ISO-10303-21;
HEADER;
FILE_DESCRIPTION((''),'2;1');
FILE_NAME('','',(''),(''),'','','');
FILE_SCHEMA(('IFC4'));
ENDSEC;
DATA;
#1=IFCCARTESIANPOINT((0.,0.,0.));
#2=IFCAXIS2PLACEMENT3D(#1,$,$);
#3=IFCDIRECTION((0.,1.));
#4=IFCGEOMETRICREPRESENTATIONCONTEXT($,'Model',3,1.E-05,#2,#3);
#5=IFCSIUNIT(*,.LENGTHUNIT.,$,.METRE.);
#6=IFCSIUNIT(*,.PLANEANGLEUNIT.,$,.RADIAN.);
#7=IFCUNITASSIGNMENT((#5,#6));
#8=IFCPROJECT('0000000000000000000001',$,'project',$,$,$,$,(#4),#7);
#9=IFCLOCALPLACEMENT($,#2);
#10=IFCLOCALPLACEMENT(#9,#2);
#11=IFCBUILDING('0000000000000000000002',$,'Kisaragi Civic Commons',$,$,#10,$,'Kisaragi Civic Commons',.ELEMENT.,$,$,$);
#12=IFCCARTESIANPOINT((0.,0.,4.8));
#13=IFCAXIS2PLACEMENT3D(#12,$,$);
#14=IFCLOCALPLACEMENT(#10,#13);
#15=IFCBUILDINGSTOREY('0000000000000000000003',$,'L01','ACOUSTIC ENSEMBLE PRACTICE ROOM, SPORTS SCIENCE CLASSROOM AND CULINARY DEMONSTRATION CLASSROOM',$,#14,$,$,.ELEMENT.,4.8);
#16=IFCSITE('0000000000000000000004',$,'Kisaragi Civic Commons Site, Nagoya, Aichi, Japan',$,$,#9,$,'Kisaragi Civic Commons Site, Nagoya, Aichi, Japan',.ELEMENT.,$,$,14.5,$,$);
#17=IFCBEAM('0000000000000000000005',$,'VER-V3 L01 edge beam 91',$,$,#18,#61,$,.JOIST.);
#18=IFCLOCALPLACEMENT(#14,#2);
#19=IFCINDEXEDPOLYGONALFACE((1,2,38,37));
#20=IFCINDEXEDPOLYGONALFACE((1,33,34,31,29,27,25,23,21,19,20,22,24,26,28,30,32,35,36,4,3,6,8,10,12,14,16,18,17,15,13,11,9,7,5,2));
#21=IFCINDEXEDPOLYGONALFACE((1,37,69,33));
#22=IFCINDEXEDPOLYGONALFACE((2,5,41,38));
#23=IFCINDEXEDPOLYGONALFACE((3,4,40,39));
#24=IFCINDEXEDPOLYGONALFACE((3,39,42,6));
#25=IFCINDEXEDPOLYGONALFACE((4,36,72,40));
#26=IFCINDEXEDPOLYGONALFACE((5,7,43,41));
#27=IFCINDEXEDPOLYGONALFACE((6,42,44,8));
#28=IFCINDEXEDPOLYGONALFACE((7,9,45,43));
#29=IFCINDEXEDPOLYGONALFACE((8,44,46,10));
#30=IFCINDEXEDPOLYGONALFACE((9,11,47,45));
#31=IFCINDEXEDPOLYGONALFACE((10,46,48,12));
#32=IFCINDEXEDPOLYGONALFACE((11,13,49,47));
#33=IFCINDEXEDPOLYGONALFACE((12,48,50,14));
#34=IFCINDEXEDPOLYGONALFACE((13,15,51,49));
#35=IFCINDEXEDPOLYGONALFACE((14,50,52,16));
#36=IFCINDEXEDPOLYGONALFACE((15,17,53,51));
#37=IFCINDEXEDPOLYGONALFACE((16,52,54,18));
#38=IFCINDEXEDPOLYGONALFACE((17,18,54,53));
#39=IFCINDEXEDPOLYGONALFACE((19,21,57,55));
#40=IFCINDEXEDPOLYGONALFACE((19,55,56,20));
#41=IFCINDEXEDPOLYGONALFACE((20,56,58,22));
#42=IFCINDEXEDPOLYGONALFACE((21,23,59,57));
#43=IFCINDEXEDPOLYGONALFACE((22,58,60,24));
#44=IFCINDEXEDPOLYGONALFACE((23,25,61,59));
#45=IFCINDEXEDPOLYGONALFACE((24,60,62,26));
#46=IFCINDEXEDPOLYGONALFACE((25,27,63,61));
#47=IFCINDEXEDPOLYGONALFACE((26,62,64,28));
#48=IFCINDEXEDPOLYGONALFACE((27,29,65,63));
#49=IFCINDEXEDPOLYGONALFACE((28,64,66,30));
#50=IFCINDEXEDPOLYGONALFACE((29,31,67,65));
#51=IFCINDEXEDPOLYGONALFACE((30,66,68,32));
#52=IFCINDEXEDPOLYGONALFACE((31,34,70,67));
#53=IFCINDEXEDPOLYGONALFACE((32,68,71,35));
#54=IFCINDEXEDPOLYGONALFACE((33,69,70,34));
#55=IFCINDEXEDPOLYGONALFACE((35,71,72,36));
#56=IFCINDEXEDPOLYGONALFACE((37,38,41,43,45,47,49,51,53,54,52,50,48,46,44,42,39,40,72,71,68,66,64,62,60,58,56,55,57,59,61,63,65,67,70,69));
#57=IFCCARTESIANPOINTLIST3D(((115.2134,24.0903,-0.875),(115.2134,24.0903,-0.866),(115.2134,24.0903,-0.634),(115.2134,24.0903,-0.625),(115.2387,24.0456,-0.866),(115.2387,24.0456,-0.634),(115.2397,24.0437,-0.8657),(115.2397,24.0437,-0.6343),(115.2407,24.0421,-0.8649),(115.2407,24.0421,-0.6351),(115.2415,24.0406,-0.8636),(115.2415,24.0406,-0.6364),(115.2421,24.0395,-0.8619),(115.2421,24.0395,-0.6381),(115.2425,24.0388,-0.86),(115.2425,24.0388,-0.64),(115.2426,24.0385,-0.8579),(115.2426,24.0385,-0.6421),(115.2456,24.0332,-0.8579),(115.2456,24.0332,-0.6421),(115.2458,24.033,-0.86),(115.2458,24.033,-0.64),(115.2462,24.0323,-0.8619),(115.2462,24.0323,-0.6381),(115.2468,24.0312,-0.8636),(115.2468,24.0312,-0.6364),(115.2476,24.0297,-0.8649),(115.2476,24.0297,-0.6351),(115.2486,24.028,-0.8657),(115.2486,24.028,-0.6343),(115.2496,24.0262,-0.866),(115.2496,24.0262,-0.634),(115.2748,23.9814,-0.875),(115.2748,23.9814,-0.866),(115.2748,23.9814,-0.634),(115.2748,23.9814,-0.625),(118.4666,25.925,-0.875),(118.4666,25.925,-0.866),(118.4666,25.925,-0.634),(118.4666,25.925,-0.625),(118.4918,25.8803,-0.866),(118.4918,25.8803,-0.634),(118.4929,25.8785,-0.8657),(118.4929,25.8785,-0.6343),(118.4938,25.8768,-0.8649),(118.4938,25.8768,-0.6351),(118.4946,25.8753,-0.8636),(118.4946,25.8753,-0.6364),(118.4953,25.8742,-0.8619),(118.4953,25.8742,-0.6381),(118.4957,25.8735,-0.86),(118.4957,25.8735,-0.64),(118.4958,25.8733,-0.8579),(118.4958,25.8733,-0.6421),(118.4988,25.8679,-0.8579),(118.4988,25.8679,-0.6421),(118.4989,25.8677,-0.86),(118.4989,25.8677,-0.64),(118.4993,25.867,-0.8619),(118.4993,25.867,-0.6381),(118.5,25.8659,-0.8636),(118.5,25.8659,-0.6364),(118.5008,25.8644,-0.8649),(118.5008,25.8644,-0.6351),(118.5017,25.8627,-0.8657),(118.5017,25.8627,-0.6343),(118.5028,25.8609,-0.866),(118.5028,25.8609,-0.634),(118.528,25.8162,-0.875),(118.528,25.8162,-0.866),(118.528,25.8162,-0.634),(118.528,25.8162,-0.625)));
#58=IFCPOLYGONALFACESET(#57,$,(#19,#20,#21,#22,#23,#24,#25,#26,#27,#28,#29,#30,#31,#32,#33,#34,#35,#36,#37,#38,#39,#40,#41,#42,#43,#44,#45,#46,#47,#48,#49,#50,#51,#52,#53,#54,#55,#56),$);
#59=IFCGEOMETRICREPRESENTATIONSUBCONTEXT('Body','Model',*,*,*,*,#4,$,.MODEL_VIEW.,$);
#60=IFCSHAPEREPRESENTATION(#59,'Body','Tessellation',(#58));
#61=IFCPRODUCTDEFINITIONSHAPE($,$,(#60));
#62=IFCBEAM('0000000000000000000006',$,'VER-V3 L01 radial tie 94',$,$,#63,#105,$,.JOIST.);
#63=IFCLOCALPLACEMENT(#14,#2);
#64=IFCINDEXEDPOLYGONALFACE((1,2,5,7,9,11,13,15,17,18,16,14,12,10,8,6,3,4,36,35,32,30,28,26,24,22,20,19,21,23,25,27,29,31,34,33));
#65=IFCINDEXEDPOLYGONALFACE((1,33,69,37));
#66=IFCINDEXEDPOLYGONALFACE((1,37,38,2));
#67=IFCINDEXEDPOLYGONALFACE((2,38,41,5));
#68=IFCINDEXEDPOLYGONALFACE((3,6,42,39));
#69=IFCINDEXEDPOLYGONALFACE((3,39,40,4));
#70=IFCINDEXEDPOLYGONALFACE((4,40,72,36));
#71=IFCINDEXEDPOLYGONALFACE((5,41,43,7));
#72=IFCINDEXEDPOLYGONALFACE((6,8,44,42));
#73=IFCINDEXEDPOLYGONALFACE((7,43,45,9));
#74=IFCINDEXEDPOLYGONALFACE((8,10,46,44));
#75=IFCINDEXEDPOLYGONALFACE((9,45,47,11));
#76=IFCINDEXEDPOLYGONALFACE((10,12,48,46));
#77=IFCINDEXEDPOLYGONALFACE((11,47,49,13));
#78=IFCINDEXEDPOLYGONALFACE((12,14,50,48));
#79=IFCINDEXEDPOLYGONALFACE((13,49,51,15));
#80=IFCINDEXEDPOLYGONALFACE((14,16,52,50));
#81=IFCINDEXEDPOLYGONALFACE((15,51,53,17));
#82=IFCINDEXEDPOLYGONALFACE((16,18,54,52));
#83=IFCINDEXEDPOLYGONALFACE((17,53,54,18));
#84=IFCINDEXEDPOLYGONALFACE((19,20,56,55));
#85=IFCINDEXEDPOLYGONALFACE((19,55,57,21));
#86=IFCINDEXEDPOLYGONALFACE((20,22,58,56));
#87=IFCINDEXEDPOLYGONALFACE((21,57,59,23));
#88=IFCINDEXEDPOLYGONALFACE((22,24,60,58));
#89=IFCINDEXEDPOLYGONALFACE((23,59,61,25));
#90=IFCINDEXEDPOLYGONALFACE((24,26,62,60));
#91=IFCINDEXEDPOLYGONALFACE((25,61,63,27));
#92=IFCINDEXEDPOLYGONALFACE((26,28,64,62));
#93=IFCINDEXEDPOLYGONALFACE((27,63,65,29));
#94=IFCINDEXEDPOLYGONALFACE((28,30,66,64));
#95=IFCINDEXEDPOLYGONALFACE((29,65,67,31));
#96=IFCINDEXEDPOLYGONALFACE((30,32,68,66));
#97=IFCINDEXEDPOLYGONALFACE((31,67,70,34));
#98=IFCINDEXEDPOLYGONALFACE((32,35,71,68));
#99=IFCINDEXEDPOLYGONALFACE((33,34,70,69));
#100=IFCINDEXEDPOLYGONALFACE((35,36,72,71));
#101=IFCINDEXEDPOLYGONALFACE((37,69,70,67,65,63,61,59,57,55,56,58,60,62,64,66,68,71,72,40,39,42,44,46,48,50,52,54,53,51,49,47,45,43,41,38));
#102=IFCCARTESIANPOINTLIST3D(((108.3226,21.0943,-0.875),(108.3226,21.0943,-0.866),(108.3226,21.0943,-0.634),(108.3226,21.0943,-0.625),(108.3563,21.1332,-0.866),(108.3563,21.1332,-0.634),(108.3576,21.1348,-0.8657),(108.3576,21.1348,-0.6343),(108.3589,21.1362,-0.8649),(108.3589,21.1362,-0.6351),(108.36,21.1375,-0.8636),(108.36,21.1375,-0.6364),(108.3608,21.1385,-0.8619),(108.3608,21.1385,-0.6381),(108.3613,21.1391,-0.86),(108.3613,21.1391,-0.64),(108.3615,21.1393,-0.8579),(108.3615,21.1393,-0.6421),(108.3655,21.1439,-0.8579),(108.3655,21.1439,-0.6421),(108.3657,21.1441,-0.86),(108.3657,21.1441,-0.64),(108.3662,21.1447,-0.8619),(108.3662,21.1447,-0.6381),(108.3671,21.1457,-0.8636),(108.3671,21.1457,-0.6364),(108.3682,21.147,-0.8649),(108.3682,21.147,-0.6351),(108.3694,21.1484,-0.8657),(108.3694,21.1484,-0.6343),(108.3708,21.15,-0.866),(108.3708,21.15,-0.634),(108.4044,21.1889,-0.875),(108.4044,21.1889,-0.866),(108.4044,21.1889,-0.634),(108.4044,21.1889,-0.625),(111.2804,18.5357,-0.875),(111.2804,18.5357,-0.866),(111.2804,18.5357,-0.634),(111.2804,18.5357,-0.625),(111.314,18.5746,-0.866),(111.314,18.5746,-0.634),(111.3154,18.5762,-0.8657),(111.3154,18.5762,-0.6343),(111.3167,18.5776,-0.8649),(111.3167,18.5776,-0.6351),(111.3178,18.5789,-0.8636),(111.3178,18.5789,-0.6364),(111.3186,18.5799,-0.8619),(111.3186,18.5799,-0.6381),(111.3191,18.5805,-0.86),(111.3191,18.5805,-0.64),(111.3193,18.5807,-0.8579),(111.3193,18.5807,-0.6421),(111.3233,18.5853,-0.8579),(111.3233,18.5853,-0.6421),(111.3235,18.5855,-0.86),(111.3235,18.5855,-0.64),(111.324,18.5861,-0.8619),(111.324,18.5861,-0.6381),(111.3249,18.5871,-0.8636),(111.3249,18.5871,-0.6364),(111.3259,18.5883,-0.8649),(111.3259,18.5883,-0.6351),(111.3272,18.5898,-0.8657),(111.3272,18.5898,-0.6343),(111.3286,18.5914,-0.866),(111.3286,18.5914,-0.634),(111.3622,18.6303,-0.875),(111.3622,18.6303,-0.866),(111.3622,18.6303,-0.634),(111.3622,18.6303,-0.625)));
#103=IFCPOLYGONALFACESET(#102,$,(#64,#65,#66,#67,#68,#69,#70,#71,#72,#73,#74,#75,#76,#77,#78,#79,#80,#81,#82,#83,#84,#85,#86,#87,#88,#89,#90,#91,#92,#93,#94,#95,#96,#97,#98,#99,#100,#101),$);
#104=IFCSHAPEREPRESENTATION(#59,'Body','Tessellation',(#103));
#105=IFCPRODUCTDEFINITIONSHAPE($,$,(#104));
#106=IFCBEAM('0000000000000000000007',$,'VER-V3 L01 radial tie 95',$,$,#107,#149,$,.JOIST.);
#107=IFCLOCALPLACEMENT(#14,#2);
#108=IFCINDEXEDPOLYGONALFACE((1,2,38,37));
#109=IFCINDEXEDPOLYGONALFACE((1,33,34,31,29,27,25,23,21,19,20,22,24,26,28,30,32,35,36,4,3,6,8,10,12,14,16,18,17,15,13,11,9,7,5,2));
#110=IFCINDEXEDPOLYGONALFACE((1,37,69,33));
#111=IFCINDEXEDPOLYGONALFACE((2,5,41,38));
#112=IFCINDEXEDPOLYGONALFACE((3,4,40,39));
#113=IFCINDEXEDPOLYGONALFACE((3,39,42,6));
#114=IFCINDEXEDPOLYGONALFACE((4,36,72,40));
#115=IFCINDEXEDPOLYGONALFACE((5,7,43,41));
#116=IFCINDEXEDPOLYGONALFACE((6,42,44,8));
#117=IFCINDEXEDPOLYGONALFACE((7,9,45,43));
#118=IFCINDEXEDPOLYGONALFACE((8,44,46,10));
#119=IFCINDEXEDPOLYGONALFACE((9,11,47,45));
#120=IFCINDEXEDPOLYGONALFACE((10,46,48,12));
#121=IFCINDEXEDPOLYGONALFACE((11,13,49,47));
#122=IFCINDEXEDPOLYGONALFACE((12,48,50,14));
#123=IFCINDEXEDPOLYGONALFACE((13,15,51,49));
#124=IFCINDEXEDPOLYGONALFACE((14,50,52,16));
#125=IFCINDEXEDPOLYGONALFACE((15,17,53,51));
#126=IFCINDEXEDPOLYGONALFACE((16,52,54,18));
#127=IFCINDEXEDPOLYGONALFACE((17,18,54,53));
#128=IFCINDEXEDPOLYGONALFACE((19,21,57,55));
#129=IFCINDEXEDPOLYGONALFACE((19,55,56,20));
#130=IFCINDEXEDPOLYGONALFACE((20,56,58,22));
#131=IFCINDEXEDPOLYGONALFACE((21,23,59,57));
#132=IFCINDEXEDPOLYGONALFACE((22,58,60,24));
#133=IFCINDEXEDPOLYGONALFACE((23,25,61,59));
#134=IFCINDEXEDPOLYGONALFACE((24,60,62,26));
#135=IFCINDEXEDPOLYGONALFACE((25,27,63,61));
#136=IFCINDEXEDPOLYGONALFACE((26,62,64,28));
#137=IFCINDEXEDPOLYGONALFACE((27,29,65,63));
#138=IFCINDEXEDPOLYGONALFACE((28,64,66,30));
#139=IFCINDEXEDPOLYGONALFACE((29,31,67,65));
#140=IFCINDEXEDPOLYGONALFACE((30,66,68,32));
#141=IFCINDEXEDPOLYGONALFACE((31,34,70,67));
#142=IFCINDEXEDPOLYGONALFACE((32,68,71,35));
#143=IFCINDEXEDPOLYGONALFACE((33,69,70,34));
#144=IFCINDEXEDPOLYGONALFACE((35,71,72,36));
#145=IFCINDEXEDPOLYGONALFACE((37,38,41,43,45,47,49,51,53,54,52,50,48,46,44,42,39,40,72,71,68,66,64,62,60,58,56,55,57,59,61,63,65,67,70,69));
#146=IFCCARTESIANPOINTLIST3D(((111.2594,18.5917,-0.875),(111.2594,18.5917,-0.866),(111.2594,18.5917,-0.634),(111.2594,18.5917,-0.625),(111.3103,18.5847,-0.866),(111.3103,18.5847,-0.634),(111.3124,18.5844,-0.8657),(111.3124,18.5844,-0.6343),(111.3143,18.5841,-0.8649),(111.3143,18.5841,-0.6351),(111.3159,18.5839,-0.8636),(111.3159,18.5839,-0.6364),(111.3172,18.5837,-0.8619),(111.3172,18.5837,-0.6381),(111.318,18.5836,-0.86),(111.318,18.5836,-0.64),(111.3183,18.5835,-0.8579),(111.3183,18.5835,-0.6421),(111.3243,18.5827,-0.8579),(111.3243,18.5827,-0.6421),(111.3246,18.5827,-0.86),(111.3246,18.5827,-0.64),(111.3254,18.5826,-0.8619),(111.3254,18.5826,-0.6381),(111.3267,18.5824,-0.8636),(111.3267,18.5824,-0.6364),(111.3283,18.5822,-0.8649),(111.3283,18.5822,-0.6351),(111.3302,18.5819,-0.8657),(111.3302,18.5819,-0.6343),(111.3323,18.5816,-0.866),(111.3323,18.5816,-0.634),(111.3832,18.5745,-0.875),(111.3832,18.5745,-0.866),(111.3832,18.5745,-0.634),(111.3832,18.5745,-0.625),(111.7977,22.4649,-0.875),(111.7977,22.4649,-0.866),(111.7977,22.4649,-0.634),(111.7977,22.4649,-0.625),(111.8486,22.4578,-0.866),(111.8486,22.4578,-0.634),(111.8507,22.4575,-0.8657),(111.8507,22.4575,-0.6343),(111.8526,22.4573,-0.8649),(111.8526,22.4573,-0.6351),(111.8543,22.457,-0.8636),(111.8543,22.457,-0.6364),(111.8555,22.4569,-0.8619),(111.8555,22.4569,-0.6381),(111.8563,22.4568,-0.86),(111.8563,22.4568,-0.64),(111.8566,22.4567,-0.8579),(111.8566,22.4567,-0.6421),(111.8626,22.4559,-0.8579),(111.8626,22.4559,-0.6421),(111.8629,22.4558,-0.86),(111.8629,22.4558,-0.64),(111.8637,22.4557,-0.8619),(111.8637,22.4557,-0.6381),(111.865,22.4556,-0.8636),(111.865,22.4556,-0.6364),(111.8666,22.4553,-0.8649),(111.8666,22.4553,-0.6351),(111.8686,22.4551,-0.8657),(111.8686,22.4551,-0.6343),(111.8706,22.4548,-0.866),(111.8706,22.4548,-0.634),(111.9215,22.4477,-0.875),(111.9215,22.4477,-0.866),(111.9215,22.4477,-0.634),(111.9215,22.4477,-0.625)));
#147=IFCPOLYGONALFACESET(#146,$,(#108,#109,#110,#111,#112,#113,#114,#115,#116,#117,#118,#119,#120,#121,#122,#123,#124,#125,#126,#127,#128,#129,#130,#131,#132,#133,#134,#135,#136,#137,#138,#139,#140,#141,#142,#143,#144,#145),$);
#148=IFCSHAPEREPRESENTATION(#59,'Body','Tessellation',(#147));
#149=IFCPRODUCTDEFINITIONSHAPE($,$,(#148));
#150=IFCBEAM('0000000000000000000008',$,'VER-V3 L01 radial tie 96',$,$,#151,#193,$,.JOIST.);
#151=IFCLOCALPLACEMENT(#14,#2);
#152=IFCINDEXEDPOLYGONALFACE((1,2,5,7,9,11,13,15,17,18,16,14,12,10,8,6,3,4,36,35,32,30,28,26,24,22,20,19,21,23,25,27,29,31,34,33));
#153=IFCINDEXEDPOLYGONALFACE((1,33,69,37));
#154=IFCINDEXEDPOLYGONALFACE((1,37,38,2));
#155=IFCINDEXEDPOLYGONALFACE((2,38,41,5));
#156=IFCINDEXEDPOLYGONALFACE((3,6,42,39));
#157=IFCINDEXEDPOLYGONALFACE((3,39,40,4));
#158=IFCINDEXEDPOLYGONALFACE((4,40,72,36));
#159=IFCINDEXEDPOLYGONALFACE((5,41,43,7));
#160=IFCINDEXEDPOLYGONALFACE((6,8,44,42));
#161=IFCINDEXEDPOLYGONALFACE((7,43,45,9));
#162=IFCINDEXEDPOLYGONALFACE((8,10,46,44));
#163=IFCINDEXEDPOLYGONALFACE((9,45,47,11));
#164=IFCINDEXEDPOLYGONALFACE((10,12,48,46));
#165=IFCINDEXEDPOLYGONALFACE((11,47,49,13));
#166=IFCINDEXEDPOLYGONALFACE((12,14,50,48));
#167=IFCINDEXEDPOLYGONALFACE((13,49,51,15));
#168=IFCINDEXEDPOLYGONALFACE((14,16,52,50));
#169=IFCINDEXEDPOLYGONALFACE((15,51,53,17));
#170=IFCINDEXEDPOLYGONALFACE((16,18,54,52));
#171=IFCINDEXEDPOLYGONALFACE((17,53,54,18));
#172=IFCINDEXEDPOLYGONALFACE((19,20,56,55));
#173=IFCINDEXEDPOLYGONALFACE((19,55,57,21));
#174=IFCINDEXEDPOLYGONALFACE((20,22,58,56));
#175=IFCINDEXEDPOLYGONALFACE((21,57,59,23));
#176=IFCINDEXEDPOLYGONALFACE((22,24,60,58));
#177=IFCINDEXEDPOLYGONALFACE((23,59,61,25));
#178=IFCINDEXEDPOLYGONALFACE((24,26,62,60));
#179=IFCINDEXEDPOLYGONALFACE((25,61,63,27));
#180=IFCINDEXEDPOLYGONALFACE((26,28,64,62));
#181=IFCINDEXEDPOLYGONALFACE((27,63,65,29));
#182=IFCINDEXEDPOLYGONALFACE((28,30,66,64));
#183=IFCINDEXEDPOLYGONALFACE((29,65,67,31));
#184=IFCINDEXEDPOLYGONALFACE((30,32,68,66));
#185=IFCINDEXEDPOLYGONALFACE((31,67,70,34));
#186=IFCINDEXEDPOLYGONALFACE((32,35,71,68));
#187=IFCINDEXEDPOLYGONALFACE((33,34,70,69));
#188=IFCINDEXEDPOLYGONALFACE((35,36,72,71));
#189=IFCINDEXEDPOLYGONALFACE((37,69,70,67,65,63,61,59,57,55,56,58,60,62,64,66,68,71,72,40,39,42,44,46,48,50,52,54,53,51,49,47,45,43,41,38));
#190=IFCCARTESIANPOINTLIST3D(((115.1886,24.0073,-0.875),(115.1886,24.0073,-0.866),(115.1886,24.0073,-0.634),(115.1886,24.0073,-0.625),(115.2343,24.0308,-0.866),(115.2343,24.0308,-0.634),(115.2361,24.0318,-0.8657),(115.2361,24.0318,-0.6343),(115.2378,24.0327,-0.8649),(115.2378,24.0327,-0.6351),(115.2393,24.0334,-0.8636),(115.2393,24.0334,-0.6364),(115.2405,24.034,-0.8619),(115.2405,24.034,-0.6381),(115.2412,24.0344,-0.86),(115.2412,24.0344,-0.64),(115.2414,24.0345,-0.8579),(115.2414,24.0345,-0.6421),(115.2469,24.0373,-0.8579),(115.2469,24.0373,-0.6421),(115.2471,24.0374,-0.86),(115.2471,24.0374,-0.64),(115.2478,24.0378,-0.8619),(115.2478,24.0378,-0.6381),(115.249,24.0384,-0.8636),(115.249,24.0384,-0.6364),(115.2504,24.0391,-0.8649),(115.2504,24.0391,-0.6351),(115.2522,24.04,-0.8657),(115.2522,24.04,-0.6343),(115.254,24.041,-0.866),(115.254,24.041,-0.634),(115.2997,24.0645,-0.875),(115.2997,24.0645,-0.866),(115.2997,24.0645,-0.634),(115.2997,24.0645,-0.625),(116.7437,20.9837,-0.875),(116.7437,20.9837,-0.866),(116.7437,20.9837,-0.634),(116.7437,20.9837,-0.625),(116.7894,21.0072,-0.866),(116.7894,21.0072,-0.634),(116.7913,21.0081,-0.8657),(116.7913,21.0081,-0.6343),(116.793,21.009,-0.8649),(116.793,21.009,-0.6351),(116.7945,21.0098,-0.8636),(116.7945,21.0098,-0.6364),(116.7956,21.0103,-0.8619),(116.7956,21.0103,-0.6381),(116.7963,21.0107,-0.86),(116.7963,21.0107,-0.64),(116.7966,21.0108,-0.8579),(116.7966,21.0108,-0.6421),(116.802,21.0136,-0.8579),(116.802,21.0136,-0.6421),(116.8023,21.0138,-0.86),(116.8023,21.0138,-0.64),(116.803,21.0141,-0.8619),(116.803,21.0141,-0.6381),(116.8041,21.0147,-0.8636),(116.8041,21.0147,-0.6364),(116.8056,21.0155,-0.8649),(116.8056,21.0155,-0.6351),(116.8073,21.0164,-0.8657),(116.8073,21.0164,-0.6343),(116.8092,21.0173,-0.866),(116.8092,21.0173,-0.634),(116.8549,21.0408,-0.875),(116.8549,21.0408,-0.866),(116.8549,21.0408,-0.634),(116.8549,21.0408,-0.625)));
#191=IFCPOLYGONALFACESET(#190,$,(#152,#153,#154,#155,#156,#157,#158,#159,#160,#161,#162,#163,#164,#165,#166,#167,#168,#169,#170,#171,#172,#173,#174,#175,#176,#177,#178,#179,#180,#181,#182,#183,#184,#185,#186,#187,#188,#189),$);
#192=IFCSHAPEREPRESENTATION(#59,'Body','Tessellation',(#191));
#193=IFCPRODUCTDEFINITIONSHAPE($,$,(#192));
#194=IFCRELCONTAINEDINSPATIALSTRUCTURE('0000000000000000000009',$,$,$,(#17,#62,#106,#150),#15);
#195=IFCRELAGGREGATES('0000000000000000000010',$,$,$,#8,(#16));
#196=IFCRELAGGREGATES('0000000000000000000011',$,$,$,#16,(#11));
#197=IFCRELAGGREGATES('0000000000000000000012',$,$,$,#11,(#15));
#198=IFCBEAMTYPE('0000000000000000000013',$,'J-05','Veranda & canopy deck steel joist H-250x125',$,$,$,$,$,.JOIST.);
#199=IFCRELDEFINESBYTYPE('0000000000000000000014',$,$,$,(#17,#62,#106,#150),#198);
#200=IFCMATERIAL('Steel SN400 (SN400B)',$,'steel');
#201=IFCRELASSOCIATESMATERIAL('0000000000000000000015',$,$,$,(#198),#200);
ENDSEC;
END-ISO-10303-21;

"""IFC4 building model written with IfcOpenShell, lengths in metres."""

from ifc_helpers import new_model, si_unit, direction, frame, origin, origin_2d, place, context, subcontext, project, spatial, i_section, extrude, material, material_profile, profile_set, type_object, element, save


model = new_model("IFC4")

# Units and contexts
model_context = context("Model", 3, precision=1e-05, world=origin(), true_north=direction((0.0, 1.0)))
body_context = subcontext(model_context, "Body", "Model", "MODEL_VIEW")
ifc_project = project(units=[si_unit("LENGTHUNIT", "METRE"), si_unit("PLANEANGLEUNIT", "RADIAN")], contexts=[model_context])

# Site, building, storey
site_placement = place(None, origin())
site = spatial("IfcSite", under=ifc_project, at=site_placement, Name="Kisaragi Civic Commons Site, Nagoya, Aichi, Japan", LongName="Kisaragi Civic Commons Site, Nagoya, Aichi, Japan", CompositionType="ELEMENT", RefElevation=14.5)
building_placement = place(site_placement, origin())
building = spatial("IfcBuilding", under=site, at=building_placement, Name="Kisaragi Civic Commons", LongName="Kisaragi Civic Commons", CompositionType="ELEMENT")
storey_placement = place(building_placement, frame((0.0, 0.0, 4.8)))
storey = spatial("IfcBuildingStorey", under=building, at=storey_placement, Name="L01", Description="ACOUSTIC ENSEMBLE PRACTICE ROOM, SPORTS SCIENCE CLASSROOM AND CULINARY DEMONSTRATION CLASSROOM", CompositionType="ELEMENT", Elevation=4.8)

# Beams
ifc_material_1 = material(Name="Steel SN400 (SN400B)", Category="steel")
ifc_material_profile_1 = material_profile(ifc_material_1, i_section(OverallWidth=0.125, OverallDepth=0.25, WebThickness=0.0061, FlangeThickness=0.009, FilletRadius=0.0081, at=origin_2d()), Name="H-250x125x6x9", Category="steel")
ifc_profile_set_1 = profile_set([ifc_material_profile_1], Name="Steel SN400 (SN400B)")
beam_type_1 = type_object("IfcBeamType", Name="J-05", Description="Veranda & canopy deck steel joist H-250x125", PredefinedType="JOIST", material=ifc_profile_set_1)
for number, where, z_axis, x_axis, name in (
    (1, (115.2441, 24.0359, -0.75), (0.871025, 0.491239, 0.0), (-0.491239, 0.871025, 0.0), "VER-V3 L01 edge beam 91"),
):
    element("IfcBeam", number, at=place(storey_placement, frame(where, z_axis=z_axis, x_axis=x_axis)), inside=storey, type_object=beam_type_1, Name=name, PredefinedType="JOIST", context=body_context, shape_type="SweptSolid", body=[
        extrude(i_section(OverallWidth=0.125, OverallDepth=0.25, WebThickness=0.0061, FlangeThickness=0.009, FilletRadius=0.0081, at=origin_2d()), origin(), (0.0, 0.0, 1.0), 3.7349),
    ])
beam_1_placement = place(storey_placement, frame((108.3635, 21.1416, -0.75), z_axis=(0.756296, -0.654229, 0.0), x_axis=(0.654229, 0.756296, 0.0)))
element("IfcBeam", 2, at=beam_1_placement, inside=storey, type_object=beam_type_1, Name="VER-V3 L01 radial tie 94", PredefinedType="JOIST", context=body_context, shape_type="SweptSolid", body=[
    extrude(i_section(OverallWidth=0.125, OverallDepth=0.25, WebThickness=0.0061, FlangeThickness=0.009, FilletRadius=0.0081, at=origin_2d()), origin(), (0.0, 0.0, 1.0), 3.9109),
])
beam_2_placement = place(storey_placement, frame((111.8596, 22.4563, -0.75), z_axis=(-0.137662, -0.990479, 0.0), x_axis=(0.990479, -0.137662, 0.0)))
element("IfcBeam", 3, at=beam_2_placement, inside=storey, type_object=beam_type_1, Name="VER-V3 L01 radial tie 95", PredefinedType="JOIST", context=body_context, shape_type="SweptSolid", body=[
    extrude(i_section(OverallWidth=0.125, OverallDepth=0.25, WebThickness=0.0061, FlangeThickness=0.009, FilletRadius=0.0081, at=origin_2d()), origin(), (0.0, 0.0, 1.0), 3.9104),
])
beam_3_placement = place(storey_placement, frame((115.2441, 24.0359, -0.75), z_axis=(0.45738, -0.889271, 0.0), x_axis=(0.889271, 0.45738, 0.0)))
element("IfcBeam", 4, at=beam_3_placement, inside=storey, type_object=beam_type_1, Name="VER-V3 L01 radial tie 96", PredefinedType="JOIST", context=body_context, shape_type="SweptSolid", body=[
    extrude(i_section(OverallWidth=0.125, OverallDepth=0.25, WebThickness=0.0061, FlangeThickness=0.009, FilletRadius=0.0081, at=origin_2d()), origin(), (0.0, 0.0, 1.0), 3.4001),
])

save(model, "model.ifc")
